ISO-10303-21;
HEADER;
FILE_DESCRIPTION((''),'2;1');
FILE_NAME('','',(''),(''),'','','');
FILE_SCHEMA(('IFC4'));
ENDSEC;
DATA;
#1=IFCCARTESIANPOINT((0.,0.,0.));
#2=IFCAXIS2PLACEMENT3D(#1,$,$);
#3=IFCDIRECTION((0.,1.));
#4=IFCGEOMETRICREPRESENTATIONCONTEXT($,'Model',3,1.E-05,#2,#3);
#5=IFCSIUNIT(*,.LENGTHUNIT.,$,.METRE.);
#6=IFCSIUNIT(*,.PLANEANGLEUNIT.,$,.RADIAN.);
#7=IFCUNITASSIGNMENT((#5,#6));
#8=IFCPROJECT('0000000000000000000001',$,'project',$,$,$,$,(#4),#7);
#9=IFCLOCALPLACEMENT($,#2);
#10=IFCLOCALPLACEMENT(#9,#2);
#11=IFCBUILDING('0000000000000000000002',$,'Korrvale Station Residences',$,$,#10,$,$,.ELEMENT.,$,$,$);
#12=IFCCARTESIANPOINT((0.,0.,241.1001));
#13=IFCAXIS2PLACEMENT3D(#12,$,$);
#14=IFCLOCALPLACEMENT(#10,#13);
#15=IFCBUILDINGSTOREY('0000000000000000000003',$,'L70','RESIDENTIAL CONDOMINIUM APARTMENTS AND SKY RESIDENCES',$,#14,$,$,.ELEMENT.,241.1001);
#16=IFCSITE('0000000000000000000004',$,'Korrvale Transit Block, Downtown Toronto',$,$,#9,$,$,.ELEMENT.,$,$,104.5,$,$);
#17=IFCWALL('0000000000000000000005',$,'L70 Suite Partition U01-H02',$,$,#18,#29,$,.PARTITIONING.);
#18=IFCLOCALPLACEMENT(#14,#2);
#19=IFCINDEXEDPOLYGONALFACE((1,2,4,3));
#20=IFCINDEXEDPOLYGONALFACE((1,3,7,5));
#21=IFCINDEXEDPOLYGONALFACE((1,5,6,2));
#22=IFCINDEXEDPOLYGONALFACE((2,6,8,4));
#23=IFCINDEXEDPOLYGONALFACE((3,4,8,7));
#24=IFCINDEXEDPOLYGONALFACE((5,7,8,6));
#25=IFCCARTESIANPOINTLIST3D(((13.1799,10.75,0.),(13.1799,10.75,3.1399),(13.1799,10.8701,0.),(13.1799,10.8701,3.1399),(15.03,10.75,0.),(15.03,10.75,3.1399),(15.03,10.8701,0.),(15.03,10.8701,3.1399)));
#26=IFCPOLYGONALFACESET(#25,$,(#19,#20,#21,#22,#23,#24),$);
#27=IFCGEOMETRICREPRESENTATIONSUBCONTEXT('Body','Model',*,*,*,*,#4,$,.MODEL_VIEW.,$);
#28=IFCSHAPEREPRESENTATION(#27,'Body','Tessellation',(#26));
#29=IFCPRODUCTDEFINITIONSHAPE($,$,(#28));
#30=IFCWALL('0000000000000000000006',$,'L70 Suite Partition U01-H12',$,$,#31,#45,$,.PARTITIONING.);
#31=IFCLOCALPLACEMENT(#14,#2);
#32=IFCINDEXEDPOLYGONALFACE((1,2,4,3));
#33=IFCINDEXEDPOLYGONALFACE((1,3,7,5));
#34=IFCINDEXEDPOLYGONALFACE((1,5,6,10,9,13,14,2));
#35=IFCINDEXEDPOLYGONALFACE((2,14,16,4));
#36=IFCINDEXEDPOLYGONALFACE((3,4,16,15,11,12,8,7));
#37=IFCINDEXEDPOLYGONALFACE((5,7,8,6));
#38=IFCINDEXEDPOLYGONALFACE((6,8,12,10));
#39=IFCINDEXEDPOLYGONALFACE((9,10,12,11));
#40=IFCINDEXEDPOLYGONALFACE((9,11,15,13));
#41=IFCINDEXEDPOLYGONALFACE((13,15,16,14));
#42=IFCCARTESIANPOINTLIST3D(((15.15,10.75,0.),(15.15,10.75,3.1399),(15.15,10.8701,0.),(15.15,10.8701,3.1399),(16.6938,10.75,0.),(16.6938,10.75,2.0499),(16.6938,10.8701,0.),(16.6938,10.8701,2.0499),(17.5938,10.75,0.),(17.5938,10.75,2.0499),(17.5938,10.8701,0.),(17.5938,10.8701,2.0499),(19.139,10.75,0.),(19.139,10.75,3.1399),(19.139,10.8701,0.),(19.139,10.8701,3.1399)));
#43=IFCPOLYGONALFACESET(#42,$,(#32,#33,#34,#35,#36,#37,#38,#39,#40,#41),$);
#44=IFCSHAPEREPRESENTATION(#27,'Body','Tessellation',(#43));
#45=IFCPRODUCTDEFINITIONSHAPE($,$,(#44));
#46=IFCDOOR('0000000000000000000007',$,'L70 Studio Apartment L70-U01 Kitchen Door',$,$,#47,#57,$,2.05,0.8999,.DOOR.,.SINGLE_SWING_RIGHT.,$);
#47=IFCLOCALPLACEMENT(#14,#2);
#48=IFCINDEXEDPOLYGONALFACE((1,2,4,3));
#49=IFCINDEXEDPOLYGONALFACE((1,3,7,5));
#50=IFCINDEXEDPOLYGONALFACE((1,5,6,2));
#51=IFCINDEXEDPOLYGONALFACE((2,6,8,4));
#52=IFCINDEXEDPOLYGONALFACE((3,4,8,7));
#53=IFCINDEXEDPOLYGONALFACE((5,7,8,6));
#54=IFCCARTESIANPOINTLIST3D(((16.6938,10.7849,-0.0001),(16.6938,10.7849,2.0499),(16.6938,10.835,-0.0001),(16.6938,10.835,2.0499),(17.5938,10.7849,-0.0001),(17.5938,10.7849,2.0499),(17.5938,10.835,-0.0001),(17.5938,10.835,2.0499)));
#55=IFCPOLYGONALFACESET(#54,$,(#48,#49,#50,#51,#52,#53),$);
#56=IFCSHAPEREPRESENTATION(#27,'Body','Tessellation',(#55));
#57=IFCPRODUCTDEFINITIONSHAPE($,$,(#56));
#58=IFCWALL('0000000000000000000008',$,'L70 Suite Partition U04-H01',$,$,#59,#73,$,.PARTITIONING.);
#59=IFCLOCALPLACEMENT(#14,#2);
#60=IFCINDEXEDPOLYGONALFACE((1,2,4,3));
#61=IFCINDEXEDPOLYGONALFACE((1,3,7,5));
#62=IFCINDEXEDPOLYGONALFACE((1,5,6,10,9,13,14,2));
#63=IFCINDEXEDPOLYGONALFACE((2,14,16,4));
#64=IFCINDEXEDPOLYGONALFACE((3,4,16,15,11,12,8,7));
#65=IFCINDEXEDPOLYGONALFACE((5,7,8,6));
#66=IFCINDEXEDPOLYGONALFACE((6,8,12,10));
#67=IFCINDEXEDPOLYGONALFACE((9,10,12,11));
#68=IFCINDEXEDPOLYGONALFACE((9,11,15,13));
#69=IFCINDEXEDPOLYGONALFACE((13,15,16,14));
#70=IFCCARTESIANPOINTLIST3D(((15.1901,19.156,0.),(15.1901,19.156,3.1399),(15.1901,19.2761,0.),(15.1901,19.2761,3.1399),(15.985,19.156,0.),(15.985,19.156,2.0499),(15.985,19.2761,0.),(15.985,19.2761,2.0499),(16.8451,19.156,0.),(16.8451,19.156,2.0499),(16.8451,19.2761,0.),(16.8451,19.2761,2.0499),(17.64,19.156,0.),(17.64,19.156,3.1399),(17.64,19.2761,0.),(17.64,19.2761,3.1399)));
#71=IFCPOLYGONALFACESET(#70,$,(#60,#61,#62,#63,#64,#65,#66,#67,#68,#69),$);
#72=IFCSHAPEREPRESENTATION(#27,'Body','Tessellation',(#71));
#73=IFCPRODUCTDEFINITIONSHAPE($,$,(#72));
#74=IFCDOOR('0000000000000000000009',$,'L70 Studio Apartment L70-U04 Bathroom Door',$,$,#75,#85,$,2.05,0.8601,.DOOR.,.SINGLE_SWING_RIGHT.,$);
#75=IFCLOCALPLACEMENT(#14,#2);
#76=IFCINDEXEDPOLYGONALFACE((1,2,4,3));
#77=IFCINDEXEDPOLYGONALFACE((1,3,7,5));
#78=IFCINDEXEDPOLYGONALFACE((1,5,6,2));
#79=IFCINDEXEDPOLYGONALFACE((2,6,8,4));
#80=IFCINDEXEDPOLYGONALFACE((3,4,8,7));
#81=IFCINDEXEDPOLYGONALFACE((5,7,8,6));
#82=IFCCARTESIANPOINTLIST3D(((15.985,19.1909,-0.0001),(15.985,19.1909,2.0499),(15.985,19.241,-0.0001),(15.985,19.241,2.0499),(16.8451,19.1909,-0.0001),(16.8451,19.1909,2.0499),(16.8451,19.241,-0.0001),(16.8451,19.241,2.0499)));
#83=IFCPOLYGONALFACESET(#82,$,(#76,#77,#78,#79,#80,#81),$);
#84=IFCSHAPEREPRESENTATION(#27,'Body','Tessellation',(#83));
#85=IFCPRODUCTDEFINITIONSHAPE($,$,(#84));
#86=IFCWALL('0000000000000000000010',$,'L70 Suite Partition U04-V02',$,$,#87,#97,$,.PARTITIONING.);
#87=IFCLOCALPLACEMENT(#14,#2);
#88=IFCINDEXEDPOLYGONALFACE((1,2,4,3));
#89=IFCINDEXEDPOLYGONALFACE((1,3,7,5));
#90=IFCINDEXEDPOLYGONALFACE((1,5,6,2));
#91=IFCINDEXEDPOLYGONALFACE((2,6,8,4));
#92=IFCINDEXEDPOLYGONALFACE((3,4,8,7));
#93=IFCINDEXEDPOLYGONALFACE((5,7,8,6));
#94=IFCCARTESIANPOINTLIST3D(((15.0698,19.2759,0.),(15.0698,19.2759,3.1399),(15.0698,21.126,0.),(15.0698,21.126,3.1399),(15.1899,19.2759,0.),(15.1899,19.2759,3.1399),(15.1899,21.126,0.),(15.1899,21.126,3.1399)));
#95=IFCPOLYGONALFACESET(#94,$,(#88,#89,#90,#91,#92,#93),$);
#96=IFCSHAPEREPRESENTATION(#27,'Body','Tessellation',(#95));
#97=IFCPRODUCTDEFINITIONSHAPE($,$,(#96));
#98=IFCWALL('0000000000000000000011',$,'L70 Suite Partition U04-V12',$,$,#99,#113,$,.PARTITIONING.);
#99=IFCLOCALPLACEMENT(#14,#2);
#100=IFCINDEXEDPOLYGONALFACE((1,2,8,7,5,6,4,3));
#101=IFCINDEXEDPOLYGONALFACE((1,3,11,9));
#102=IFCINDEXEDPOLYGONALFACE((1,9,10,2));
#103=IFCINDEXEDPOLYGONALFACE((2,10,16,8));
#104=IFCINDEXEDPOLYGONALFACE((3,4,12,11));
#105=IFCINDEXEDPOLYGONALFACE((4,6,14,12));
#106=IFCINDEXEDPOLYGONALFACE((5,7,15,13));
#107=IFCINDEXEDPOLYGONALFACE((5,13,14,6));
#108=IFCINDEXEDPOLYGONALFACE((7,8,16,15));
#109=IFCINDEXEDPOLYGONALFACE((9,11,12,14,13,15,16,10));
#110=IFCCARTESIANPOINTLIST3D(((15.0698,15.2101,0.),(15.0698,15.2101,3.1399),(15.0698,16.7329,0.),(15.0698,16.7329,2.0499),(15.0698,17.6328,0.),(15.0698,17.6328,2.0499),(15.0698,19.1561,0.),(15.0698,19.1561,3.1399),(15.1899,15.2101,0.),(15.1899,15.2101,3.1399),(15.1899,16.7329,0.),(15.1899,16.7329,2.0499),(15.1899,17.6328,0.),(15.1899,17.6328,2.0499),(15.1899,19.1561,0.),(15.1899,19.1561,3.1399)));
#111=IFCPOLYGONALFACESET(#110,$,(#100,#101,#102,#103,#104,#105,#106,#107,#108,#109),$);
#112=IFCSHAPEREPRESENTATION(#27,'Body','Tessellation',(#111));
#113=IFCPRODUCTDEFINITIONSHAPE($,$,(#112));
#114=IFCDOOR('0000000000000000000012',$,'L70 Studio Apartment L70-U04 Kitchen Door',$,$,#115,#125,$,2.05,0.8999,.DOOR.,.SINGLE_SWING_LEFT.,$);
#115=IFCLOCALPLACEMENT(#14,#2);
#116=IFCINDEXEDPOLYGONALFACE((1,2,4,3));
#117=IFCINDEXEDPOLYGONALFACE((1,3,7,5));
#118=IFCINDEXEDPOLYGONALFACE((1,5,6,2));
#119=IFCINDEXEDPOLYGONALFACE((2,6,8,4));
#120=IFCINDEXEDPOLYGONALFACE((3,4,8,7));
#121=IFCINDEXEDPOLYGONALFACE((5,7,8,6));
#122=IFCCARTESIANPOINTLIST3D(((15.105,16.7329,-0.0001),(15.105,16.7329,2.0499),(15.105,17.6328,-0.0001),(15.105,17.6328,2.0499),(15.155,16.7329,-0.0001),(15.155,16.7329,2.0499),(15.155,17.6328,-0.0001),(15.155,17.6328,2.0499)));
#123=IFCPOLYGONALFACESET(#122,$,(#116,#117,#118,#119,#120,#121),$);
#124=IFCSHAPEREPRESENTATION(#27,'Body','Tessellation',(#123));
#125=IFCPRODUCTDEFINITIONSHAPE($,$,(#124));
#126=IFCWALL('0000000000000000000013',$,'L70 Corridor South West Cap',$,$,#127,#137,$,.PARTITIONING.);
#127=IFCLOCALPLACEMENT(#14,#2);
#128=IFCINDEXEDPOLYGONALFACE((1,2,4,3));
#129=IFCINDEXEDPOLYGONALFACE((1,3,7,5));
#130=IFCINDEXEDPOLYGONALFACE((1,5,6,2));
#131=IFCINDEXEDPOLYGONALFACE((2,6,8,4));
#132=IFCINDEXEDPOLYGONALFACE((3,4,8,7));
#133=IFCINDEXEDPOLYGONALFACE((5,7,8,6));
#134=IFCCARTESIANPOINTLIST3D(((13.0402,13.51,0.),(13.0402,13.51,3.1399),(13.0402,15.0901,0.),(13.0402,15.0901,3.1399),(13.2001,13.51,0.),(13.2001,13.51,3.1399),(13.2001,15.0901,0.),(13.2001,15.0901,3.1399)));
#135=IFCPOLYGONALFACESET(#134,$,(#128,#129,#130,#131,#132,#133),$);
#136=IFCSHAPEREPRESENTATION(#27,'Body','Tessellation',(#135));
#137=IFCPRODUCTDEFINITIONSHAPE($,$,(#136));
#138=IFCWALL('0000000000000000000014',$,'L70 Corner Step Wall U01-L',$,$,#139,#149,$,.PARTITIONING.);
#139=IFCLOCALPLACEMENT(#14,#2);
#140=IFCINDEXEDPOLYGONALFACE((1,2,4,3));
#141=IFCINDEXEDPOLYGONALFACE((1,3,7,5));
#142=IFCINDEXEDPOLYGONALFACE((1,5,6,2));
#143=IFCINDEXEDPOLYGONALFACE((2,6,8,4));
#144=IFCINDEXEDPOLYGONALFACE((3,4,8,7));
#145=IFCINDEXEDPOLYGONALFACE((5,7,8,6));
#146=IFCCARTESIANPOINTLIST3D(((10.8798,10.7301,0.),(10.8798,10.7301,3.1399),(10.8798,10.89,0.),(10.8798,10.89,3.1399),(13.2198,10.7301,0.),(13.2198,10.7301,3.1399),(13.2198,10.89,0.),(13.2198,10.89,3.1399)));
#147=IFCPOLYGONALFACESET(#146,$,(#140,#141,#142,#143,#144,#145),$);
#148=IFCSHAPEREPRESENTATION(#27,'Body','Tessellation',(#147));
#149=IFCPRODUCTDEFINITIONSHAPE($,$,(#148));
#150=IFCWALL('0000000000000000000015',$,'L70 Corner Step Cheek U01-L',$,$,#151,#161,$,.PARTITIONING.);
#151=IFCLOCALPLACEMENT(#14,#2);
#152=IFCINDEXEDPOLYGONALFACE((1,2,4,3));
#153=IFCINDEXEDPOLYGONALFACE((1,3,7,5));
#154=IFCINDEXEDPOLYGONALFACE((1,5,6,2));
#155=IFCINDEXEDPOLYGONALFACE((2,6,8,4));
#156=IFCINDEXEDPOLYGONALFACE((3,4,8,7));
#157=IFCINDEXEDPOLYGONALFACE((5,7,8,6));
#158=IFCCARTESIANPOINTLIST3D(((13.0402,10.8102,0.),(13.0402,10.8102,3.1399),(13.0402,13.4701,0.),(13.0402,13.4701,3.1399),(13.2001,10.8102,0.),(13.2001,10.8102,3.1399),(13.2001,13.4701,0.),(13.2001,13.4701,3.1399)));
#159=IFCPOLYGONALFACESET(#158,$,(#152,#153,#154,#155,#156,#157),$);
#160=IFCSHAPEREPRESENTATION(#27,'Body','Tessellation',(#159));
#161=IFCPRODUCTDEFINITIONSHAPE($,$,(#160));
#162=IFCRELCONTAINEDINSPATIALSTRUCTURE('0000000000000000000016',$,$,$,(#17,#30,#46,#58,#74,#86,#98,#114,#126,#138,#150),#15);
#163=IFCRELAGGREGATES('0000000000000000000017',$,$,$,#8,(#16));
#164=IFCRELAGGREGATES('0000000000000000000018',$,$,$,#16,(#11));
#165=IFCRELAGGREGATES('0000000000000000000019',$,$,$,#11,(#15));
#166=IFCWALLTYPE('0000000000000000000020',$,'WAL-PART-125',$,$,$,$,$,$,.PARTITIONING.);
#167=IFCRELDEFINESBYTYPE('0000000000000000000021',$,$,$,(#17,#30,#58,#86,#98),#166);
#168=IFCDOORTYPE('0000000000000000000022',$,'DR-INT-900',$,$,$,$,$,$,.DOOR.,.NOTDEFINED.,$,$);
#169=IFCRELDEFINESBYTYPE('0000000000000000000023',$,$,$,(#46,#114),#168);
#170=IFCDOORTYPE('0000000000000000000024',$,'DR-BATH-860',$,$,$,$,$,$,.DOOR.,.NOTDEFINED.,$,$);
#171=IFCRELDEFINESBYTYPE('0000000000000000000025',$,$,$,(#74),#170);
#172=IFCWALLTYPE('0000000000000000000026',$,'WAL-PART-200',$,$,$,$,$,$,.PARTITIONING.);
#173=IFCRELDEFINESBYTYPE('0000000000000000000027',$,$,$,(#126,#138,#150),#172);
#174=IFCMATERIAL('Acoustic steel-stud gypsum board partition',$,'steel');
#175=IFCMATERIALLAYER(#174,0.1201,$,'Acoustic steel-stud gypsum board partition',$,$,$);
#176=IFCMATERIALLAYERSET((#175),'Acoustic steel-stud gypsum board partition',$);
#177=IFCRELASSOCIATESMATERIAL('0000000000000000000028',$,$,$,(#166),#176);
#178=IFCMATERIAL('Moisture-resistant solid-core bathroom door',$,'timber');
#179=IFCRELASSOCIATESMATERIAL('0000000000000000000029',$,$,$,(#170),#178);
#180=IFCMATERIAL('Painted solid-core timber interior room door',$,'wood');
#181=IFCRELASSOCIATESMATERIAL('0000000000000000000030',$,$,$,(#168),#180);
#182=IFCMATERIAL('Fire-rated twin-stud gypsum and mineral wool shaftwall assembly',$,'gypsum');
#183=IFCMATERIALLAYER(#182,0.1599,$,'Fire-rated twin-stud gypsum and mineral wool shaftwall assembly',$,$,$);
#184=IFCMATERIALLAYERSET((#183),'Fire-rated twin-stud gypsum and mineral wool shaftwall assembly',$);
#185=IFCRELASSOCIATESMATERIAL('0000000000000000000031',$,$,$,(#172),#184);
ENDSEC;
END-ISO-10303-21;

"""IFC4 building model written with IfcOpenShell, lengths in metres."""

from ifc_helpers import new_model, si_unit, direction, frame, frame_2d, origin, place, context, subcontext, project, spatial, rectangle, extrude, material, layer, layer_set, type_object, element, fill, save


model = new_model("IFC4")

# Units and contexts
model_context = context("Model", 3, precision=1e-05, world=origin(), true_north=direction((0.0, 1.0)))
body_context = subcontext(model_context, "Body", "Model", "MODEL_VIEW")
ifc_project = project(units=[si_unit("LENGTHUNIT", "METRE"), si_unit("PLANEANGLEUNIT", "RADIAN")], contexts=[model_context])

# Site, building, storey
site_placement = place(None, origin())
site = spatial("IfcSite", under=ifc_project, at=site_placement, Name="Korrvale Transit Block, Downtown Toronto", CompositionType="ELEMENT", RefElevation=104.5)
building_placement = place(site_placement, origin())
building = spatial("IfcBuilding", under=site, at=building_placement, Name="Korrvale Station Residences", CompositionType="ELEMENT")
storey_placement = place(building_placement, frame((0.0, 0.0, 241.1001)))
storey = spatial("IfcBuildingStorey", under=building, at=storey_placement, Name="L70", Description="RESIDENTIAL CONDOMINIUM APARTMENTS AND SKY RESIDENCES", CompositionType="ELEMENT", Elevation=241.1001)

# Shared definitions
ifc_material_1 = material(Name="Acoustic steel-stud gypsum board partition", Category="steel")
ifc_layer_1 = layer(ifc_material_1, 0.1201, Name="Acoustic steel-stud gypsum board partition")
ifc_layer_set_1 = layer_set([ifc_layer_1], Name="Acoustic steel-stud gypsum board partition")
wall_type_1 = type_object("IfcWallType", Name="WAL-PART-125", PredefinedType="PARTITIONING", material=ifc_layer_set_1)
ifc_material_2 = material(Name="Moisture-resistant solid-core bathroom door", Category="timber")
door_type_1 = type_object("IfcDoorType", Name="DR-BATH-860", OperationType="NOTDEFINED", PredefinedType="DOOR", material=ifc_material_2)

# Wall
wall_1_placement = place(storey_placement, frame((13.1799, 10.8101, 0.0), z_axis=(0.0, 0.0, 1.0), x_axis=(1.0, 0.0, 0.0)))
element("IfcWall", 1, at=wall_1_placement, inside=storey, type_object=wall_type_1, Name="L70 Suite Partition U01-H02", PredefinedType="PARTITIONING", context=body_context, shape_type="SweptSolid", body=[
    extrude(rectangle(XDim=1.8501, YDim=0.1201, at=frame_2d((0.925, 0.0))), origin(), (0.0, 0.0, 1.0), 3.1399),
])

# Walls, openings, doors
wall_2_placement = place(storey_placement, frame((15.1499, 10.8101, 0.0), z_axis=(0.0, 0.0, 1.0), x_axis=(1.0, 0.0, 0.0)))
wall_2 = element("IfcWall", 2, at=wall_2_placement, inside=storey, type_object=wall_type_1, Name="L70 Suite Partition U01-H12", PredefinedType="PARTITIONING", context=body_context, shape_type="SweptSolid", body=[
    extrude(rectangle(XDim=3.989, YDim=0.1201, at=frame_2d((1.9946, 0.0))), origin(), (0.0, 0.0, 1.0), 3.1399),
])
opening_1_placement = place(wall_2_placement, frame((1.5439, 0.0, 0.0)))
opening_1 = element("IfcOpeningElement", 3, at=opening_1_placement, cuts=wall_2, PredefinedType="OPENING", context=body_context, shape_type="SweptSolid", body=[
    extrude(rectangle(XDim=0.8999, YDim=2.05, at=frame_2d((0.45, 1.0249))), frame((0.0, 0.0701, 0.0), z_axis=(0.0, -1.0, 0.0), x_axis=(1.0, 0.0, 0.0)), (0.0, 0.0, 1.0), 0.1401),
])
ifc_material_3 = material(Name="Painted solid-core timber interior room door", Category="wood")
door_type_2 = type_object("IfcDoorType", Name="DR-INT-900", OperationType="NOTDEFINED", PredefinedType="DOOR", material=ifc_material_3)
door_1_placement = place(opening_1_placement, origin())
door_1 = element("IfcDoor", 4, at=door_1_placement, inside=storey, type_object=door_type_2, Name="L70 Studio Apartment L70-U01 Kitchen Door", OperationType="SINGLE_SWING_RIGHT", OverallHeight=2.05, OverallWidth=0.8999, PredefinedType="DOOR", context=body_context, shape_type="SweptSolid", body=[
    extrude(rectangle(XDim=0.8999, YDim=2.05, at=frame_2d((0.45, 1.0249))), frame((0.0, 0.0249, 0.0), z_axis=(0.0, -1.0, 0.0), x_axis=(1.0, 0.0, 0.0)), (0.0, 0.0, 1.0), 0.05),
])
fill(opening_1, door_1)
wall_3_placement = place(storey_placement, frame((15.1899, 19.2161, 0.0), z_axis=(0.0, 0.0, 1.0), x_axis=(1.0, 0.0, 0.0)))
wall_3 = element("IfcWall", 5, at=wall_3_placement, inside=storey, type_object=wall_type_1, Name="L70 Suite Partition U04-H01", PredefinedType="PARTITIONING", context=body_context, shape_type="SweptSolid", body=[
    extrude(rectangle(XDim=2.45, YDim=0.1201, at=frame_2d((1.2251, 0.0))), origin(), (0.0, 0.0, 1.0), 3.1399),
])
opening_2_placement = place(wall_3_placement, frame((0.7949, 0.0, 0.0)))
opening_2 = element("IfcOpeningElement", 6, at=opening_2_placement, cuts=wall_3, PredefinedType="OPENING", context=body_context, shape_type="SweptSolid", body=[
    extrude(rectangle(XDim=0.8601, YDim=2.05, at=frame_2d((0.4302, 1.0249))), frame((0.0, 0.0701, 0.0), z_axis=(0.0, -1.0, 0.0), x_axis=(1.0, 0.0, 0.0)), (0.0, 0.0, 1.0), 0.1401),
])
door_2_placement = place(opening_2_placement, origin())
door_2 = element("IfcDoor", 7, at=door_2_placement, inside=storey, type_object=door_type_1, Name="L70 Studio Apartment L70-U04 Bathroom Door", OperationType="SINGLE_SWING_RIGHT", OverallHeight=2.05, OverallWidth=0.8601, PredefinedType="DOOR", context=body_context, shape_type="SweptSolid", body=[
    extrude(rectangle(XDim=0.8601, YDim=2.05, at=frame_2d((0.4302, 1.0249))), frame((0.0, 0.0249, 0.0), z_axis=(0.0, -1.0, 0.0), x_axis=(1.0, 0.0, 0.0)), (0.0, 0.0, 1.0), 0.05),
])
fill(opening_2, door_2)

# Wall
wall_4_placement = place(storey_placement, frame((15.1299, 19.2759, 0.0), z_axis=(0.0, 0.0, 1.0), x_axis=(0.0, 1.0, 0.0)))
element("IfcWall", 8, at=wall_4_placement, inside=storey, type_object=wall_type_1, Name="L70 Suite Partition U04-V02", PredefinedType="PARTITIONING", context=body_context, shape_type="SweptSolid", body=[
    extrude(rectangle(XDim=1.8501, YDim=0.1201, at=frame_2d((0.925, 0.0))), origin(), (0.0, 0.0, 1.0), 3.1399),
])

# Wall, opening, door
wall_5_placement = place(storey_placement, frame((15.1299, 15.21, 0.0), z_axis=(0.0, 0.0, 1.0), x_axis=(0.0, 1.0, 0.0)))
wall_5 = element("IfcWall", 9, at=wall_5_placement, inside=storey, type_object=wall_type_1, Name="L70 Suite Partition U04-V12", PredefinedType="PARTITIONING", context=body_context, shape_type="SweptSolid", body=[
    extrude(rectangle(XDim=3.946, YDim=0.1201, at=frame_2d((1.9731, 0.0))), origin(), (0.0, 0.0, 1.0), 3.1399),
])
opening_3_placement = place(wall_5_placement, frame((1.5229, 0.0, 0.0)))
opening_3 = element("IfcOpeningElement", 10, at=opening_3_placement, cuts=wall_5, PredefinedType="OPENING", context=body_context, shape_type="SweptSolid", body=[
    extrude(rectangle(XDim=0.8999, YDim=2.05, at=frame_2d((0.45, 1.0249))), frame((0.0, 0.0701, 0.0), z_axis=(0.0, -1.0, 0.0), x_axis=(1.0, 0.0, 0.0)), (0.0, 0.0, 1.0), 0.1401),
])
door_3_placement = place(opening_3_placement, origin())
door_3 = element("IfcDoor", 11, at=door_3_placement, inside=storey, type_object=door_type_2, Name="L70 Studio Apartment L70-U04 Kitchen Door", OperationType="SINGLE_SWING_LEFT", OverallHeight=2.05, OverallWidth=0.8999, PredefinedType="DOOR", context=body_context, shape_type="SweptSolid", body=[
    extrude(rectangle(XDim=0.8999, YDim=2.05, at=frame_2d((0.45, 1.0249))), frame((0.0, 0.0249, 0.0), z_axis=(0.0, -1.0, 0.0), x_axis=(1.0, 0.0, 0.0)), (0.0, 0.0, 1.0), 0.05),
])
fill(opening_3, door_3)

# Walls
ifc_material_4 = material(Name="Fire-rated twin-stud gypsum and mineral wool shaftwall assembly", Category="gypsum")
ifc_layer_2 = layer(ifc_material_4, 0.1599, Name="Fire-rated twin-stud gypsum and mineral wool shaftwall assembly")
ifc_layer_set_2 = layer_set([ifc_layer_2], Name="Fire-rated twin-stud gypsum and mineral wool shaftwall assembly")
wall_type_2 = type_object("IfcWallType", Name="WAL-PART-200", PredefinedType="PARTITIONING", material=ifc_layer_set_2)
wall_6_placement = place(storey_placement, frame((13.1201, 13.51, 0.0), z_axis=(0.0, 0.0, 1.0), x_axis=(0.0, 1.0, 0.0)))
element("IfcWall", 12, at=wall_6_placement, inside=storey, type_object=wall_type_2, Name="L70 Corridor South West Cap", PredefinedType="PARTITIONING", context=body_context, shape_type="SweptSolid", body=[
    extrude(rectangle(XDim=1.5801, YDim=0.1599, at=frame_2d((0.79, 0.0))), origin(), (0.0, 0.0, 1.0), 3.1399),
])
wall_7_placement = place(storey_placement, frame((10.8799, 10.8101, 0.0), z_axis=(0.0, 0.0, 1.0), x_axis=(1.0, 0.0, 0.0)))
element("IfcWall", 13, at=wall_7_placement, inside=storey, type_object=wall_type_2, Name="L70 Corner Step Wall U01-L", PredefinedType="PARTITIONING", context=body_context, shape_type="SweptSolid", body=[
    extrude(rectangle(XDim=2.3401, YDim=0.1599, at=frame_2d((1.1699, 0.0))), origin(), (0.0, 0.0, 1.0), 3.1399),
])
wall_8_placement = place(storey_placement, frame((13.1201, 10.8101, 0.0), z_axis=(0.0, 0.0, 1.0), x_axis=(0.0, 1.0, 0.0)))
element("IfcWall", 14, at=wall_8_placement, inside=storey, type_object=wall_type_2, Name="L70 Corner Step Cheek U01-L", PredefinedType="PARTITIONING", context=body_context, shape_type="SweptSolid", body=[
    extrude(rectangle(XDim=2.6599, YDim=0.1599, at=frame_2d((1.3301, 0.0))), origin(), (0.0, 0.0, 1.0), 3.1399),
])

save(model, "model.ifc")
